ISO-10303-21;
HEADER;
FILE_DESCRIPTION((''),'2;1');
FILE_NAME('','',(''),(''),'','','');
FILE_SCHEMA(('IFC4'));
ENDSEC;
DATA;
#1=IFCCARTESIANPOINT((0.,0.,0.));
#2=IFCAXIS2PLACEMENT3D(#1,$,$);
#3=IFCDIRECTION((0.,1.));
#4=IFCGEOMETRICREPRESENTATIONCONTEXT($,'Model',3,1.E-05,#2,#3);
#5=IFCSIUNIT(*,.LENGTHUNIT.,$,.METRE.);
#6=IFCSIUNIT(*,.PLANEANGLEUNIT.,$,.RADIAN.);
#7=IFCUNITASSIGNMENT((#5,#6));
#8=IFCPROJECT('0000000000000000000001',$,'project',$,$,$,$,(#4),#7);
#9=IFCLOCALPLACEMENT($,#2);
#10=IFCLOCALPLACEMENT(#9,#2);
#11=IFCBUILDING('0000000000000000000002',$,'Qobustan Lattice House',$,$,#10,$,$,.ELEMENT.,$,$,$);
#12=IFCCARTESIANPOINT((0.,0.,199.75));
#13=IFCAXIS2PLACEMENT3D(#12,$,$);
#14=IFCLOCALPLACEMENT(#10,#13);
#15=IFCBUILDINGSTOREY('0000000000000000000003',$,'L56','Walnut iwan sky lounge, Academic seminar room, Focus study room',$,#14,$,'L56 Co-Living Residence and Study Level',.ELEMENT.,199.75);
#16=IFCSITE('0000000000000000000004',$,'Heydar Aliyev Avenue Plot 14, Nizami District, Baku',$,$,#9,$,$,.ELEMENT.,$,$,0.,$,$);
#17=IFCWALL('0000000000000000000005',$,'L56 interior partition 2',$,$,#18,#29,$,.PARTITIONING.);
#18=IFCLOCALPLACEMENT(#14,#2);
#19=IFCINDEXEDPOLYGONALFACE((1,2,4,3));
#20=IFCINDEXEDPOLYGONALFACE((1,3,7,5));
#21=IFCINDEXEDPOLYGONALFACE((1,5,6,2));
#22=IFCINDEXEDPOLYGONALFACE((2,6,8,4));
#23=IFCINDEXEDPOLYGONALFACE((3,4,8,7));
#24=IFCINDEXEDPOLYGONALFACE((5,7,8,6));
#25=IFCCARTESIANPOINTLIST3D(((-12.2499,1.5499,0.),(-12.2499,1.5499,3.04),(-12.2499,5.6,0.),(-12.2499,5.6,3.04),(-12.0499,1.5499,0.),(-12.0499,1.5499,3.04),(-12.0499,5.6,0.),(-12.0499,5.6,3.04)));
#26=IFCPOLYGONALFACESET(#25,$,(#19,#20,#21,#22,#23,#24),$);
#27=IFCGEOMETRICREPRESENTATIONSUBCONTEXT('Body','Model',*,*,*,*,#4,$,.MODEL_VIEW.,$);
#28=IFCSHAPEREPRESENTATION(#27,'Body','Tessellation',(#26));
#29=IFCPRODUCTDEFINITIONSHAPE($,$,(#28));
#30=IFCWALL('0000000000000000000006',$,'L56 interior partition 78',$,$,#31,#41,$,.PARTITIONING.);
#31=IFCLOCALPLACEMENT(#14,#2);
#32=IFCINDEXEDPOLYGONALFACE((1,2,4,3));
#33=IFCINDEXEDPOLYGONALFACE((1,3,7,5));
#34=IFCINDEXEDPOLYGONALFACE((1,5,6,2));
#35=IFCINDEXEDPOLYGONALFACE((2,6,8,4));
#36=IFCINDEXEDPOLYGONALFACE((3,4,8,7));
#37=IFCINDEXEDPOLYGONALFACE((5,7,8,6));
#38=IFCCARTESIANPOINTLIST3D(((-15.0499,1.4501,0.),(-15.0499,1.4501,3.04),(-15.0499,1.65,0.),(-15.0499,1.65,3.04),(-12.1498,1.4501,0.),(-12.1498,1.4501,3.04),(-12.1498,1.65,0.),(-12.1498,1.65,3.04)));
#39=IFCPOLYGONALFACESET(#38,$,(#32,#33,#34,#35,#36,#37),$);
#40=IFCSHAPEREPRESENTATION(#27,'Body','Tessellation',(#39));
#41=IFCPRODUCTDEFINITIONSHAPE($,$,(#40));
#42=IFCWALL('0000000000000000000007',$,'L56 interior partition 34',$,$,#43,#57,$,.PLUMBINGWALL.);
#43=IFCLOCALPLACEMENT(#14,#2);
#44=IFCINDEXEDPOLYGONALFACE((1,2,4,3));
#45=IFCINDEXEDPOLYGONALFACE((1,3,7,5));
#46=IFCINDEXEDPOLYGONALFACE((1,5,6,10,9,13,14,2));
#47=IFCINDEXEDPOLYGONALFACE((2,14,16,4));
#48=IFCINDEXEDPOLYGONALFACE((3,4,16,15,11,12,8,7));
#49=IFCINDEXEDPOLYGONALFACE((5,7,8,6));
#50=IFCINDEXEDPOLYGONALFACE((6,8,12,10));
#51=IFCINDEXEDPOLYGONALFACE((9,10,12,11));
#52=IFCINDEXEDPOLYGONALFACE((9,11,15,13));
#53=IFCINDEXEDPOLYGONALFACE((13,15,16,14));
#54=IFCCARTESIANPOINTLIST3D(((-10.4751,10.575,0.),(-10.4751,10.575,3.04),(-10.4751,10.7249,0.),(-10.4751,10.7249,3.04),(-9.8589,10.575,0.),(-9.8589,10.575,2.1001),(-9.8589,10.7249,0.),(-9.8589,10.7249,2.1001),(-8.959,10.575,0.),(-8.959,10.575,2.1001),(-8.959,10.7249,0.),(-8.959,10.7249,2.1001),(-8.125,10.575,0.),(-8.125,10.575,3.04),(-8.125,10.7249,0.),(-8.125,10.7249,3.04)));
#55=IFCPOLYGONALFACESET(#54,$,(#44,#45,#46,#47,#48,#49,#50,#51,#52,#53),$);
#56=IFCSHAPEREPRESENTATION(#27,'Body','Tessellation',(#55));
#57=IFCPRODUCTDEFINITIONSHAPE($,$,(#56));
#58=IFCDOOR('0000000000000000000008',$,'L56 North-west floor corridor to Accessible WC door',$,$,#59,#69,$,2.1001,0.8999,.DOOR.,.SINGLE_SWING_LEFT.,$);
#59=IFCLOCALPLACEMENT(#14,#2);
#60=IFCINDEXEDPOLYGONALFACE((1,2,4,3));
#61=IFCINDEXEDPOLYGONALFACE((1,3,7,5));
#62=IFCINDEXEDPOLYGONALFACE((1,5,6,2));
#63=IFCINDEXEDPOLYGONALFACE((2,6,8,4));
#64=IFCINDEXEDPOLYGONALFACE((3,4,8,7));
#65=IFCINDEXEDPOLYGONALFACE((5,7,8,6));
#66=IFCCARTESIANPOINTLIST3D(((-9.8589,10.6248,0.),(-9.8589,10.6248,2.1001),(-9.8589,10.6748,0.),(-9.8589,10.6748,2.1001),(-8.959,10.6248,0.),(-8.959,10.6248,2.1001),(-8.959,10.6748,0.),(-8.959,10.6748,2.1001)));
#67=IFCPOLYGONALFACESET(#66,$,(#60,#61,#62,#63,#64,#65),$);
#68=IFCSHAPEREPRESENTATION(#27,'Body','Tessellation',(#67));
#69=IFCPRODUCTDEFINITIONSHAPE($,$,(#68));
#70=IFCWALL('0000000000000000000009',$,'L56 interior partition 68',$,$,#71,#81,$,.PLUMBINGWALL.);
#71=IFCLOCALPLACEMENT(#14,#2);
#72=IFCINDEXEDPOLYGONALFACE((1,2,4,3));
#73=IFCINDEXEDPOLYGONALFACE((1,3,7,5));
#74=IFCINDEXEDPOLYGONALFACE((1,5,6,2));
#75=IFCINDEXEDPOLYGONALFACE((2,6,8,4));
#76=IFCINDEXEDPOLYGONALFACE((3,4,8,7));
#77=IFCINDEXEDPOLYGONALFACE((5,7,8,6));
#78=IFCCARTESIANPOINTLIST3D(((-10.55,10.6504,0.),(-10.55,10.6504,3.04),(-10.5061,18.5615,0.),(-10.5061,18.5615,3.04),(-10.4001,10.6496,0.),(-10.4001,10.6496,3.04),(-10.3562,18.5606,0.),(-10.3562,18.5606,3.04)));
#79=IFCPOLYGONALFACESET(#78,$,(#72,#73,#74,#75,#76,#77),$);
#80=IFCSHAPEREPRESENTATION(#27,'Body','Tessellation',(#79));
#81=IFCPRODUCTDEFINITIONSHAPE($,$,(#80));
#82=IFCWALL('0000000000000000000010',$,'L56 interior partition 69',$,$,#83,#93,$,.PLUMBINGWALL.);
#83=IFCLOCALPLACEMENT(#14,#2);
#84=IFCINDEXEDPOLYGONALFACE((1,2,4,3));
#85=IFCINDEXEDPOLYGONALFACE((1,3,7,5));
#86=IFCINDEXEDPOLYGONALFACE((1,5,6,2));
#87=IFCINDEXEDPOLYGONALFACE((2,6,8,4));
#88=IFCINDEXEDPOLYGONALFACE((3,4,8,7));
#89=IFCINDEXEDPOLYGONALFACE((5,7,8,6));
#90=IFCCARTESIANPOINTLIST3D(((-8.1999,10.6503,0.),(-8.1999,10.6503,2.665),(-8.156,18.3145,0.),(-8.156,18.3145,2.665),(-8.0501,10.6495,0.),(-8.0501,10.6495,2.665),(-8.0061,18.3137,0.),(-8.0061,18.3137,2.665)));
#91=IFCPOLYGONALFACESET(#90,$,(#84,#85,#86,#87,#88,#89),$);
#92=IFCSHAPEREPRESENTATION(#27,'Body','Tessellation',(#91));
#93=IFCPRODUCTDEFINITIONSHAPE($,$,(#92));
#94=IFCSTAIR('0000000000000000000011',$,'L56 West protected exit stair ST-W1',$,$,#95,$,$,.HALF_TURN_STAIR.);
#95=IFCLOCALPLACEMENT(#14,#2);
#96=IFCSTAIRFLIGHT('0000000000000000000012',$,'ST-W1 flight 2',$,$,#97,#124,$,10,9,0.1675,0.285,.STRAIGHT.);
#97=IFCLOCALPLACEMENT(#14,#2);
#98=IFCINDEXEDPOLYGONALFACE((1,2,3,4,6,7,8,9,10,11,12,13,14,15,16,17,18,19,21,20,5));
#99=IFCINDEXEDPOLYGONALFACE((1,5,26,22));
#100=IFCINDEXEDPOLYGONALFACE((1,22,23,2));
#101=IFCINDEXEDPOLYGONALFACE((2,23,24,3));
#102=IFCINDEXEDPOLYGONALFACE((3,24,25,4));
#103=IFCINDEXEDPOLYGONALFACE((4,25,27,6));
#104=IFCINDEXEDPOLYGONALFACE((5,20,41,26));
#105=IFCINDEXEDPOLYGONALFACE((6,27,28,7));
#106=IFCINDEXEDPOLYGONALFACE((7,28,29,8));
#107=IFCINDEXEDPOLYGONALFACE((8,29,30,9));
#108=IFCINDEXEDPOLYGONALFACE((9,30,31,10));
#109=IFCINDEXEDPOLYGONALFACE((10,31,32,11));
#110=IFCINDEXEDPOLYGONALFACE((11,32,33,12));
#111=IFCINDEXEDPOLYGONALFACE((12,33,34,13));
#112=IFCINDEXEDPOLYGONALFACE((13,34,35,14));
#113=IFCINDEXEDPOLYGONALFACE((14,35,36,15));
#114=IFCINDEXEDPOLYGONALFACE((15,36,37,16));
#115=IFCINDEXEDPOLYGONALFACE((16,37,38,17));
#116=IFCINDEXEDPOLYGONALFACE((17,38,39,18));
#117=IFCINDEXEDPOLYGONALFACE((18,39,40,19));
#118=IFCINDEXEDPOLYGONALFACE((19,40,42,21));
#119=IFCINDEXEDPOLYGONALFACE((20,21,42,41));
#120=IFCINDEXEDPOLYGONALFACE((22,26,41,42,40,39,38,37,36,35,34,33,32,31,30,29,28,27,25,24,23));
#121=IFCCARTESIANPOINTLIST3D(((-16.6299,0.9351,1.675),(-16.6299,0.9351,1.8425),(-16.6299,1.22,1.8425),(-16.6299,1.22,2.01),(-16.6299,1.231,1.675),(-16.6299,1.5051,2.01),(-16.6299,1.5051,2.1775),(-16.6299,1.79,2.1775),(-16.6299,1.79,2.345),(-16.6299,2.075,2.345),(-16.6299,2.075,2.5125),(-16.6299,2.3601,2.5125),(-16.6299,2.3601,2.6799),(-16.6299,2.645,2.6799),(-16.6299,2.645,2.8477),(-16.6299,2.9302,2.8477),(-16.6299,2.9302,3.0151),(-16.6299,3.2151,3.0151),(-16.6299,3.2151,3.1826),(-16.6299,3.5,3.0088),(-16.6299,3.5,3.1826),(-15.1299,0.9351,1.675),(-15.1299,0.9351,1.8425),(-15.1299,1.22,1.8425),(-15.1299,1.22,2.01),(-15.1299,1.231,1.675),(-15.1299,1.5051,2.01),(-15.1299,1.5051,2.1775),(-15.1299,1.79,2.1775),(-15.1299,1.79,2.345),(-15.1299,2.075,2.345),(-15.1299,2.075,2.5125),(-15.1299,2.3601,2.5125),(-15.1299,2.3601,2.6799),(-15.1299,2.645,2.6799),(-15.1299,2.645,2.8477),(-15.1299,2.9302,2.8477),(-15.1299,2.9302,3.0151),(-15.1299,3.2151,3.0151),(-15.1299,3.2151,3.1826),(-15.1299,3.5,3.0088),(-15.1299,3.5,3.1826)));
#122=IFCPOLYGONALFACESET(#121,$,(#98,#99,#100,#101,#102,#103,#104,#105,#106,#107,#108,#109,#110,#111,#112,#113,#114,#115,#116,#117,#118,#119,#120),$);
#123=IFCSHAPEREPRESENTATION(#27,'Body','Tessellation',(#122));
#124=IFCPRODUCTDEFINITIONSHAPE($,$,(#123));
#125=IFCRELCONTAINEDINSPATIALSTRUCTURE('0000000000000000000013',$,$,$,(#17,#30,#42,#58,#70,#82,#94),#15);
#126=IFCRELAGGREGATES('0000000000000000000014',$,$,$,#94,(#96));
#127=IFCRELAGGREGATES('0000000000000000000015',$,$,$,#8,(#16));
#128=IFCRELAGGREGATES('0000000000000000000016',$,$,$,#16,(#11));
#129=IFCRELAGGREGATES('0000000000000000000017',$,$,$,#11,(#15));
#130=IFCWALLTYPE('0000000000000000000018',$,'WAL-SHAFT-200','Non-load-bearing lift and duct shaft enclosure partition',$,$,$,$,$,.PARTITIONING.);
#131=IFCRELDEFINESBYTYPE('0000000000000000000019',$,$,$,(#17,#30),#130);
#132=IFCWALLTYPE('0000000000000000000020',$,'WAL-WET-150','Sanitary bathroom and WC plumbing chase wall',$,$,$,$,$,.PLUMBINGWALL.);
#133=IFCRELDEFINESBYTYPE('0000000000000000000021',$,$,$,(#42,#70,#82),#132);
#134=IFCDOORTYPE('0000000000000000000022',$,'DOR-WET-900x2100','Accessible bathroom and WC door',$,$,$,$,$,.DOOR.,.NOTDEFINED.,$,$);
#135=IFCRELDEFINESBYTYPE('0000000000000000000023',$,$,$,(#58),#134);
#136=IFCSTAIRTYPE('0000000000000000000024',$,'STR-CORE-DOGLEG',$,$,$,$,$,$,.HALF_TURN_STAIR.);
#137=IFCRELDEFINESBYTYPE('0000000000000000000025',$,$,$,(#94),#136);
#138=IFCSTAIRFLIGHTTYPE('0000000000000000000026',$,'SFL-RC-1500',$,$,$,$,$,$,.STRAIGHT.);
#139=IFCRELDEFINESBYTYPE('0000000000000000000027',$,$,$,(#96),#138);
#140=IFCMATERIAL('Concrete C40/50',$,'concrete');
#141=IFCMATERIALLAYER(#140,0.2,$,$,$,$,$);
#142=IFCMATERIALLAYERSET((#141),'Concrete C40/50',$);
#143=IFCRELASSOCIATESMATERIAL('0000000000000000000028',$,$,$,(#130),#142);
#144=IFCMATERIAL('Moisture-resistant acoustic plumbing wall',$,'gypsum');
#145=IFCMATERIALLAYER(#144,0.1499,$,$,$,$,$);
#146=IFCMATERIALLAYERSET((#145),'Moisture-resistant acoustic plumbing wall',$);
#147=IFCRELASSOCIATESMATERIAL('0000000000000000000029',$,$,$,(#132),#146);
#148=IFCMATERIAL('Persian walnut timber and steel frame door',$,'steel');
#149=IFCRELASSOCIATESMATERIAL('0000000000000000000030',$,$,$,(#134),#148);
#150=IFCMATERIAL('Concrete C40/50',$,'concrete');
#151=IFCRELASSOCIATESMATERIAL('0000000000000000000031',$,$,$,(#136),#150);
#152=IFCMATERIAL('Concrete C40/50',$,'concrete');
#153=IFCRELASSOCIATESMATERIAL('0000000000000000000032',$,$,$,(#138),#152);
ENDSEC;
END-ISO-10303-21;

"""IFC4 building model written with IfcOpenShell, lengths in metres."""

from ifc_helpers import new_model, si_unit, direction, frame, frame_2d, origin, place, context, subcontext, project, spatial, polyline, rectangle, outline, extrude, material, layer, layer_set, type_object, element, fill, aggregate, save


model = new_model("IFC4")

# Units and contexts
model_context = context("Model", 3, precision=1e-05, world=origin(), true_north=direction((0.0, 1.0)))
body_context = subcontext(model_context, "Body", "Model", "MODEL_VIEW")
ifc_project = project(units=[si_unit("LENGTHUNIT", "METRE"), si_unit("PLANEANGLEUNIT", "RADIAN")], contexts=[model_context])

# Site, building, storey
site_placement = place(None, origin())
site = spatial("IfcSite", under=ifc_project, at=site_placement, Name="Heydar Aliyev Avenue Plot 14, Nizami District, Baku", CompositionType="ELEMENT", RefElevation=0.0)
building_placement = place(site_placement, origin())
building = spatial("IfcBuilding", under=site, at=building_placement, Name="Qobustan Lattice House", CompositionType="ELEMENT")
storey_placement = place(building_placement, frame((0.0, 0.0, 199.75)))
storey = spatial("IfcBuildingStorey", under=building, at=storey_placement, Name="L56", Description="Walnut iwan sky lounge, Academic seminar room, Focus study room", LongName="L56 Co-Living Residence and Study Level", CompositionType="ELEMENT", Elevation=199.75)

# Walls
ifc_material_1 = material(Name="Concrete C40/50", Category="concrete")
ifc_layer_1 = layer(ifc_material_1, 0.2)
ifc_layer_set_1 = layer_set([ifc_layer_1], Name="Concrete C40/50")
wall_type_1 = type_object("IfcWallType", Name="WAL-SHAFT-200", Description="Non-load-bearing lift and duct shaft enclosure partition", PredefinedType="PARTITIONING", material=ifc_layer_set_1)
wall_1_placement = place(storey_placement, frame((-12.1499, 1.55, 0.0), z_axis=(0.0, 0.0, 1.0), x_axis=(0.0, 1.0, 0.0)))
element("IfcWall", 1, at=wall_1_placement, inside=storey, type_object=wall_type_1, Name="L56 interior partition 2", PredefinedType="PARTITIONING", context=body_context, shape_type="SweptSolid", body=[
    extrude(rectangle(XDim=4.05, YDim=0.2, at=frame_2d((2.0249, 0.0))), origin(), (0.0, 0.0, 1.0), 3.04),
])
wall_2_placement = place(storey_placement, frame((-15.05, 1.55, 0.0), z_axis=(0.0, 0.0, 1.0), x_axis=(1.0, 0.0, 0.0)))
element("IfcWall", 2, at=wall_2_placement, inside=storey, type_object=wall_type_1, Name="L56 interior partition 78", PredefinedType="PARTITIONING", context=body_context, shape_type="SweptSolid", body=[
    extrude(rectangle(XDim=2.9001, YDim=0.2, at=frame_2d((1.4502, 0.0))), origin(), (0.0, 0.0, 1.0), 3.04),
])

# Wall, opening, door
ifc_material_2 = material(Name="Moisture-resistant acoustic plumbing wall", Category="gypsum")
ifc_layer_2 = layer(ifc_material_2, 0.1499)
ifc_layer_set_2 = layer_set([ifc_layer_2], Name="Moisture-resistant acoustic plumbing wall")
wall_type_2 = type_object("IfcWallType", Name="WAL-WET-150", Description="Sanitary bathroom and WC plumbing chase wall", PredefinedType="PLUMBINGWALL", material=ifc_layer_set_2)
wall_3_placement = place(storey_placement, frame((-10.4751, 10.6499, 0.0), z_axis=(0.0, 0.0, 1.0), x_axis=(1.0, 0.0, 0.0)))
wall_3 = element("IfcWall", 3, at=wall_3_placement, inside=storey, type_object=wall_type_2, Name="L56 interior partition 34", PredefinedType="PLUMBINGWALL", context=body_context, shape_type="SweptSolid", body=[
    extrude(rectangle(XDim=2.3501, YDim=0.1499, at=frame_2d((1.175, 0.0))), origin(), (0.0, 0.0, 1.0), 3.04),
])
opening_1_placement = place(wall_3_placement, frame((0.6162, 0.0, 0.0)))
opening_1 = element("IfcOpeningElement", 4, at=opening_1_placement, cuts=wall_3, PredefinedType="OPENING", context=body_context, shape_type="SweptSolid", body=[
    extrude(rectangle(XDim=0.8999, YDim=2.1001, at=frame_2d((0.45, 1.05))), frame((0.0, 0.085, 0.0), z_axis=(0.0, -1.0, 0.0), x_axis=(1.0, 0.0, 0.0)), (0.0, 0.0, 1.0), 0.1699),
])
ifc_material_3 = material(Name="Persian walnut timber and steel frame door", Category="steel")
door_type_1 = type_object("IfcDoorType", Name="DOR-WET-900x2100", Description="Accessible bathroom and WC door", OperationType="NOTDEFINED", PredefinedType="DOOR", material=ifc_material_3)
door_1_placement = place(opening_1_placement, origin())
door_1 = element("IfcDoor", 5, at=door_1_placement, inside=storey, type_object=door_type_1, Name="L56 North-west floor corridor to Accessible WC door", OperationType="SINGLE_SWING_LEFT", OverallHeight=2.1001, OverallWidth=0.8999, PredefinedType="DOOR", context=body_context, shape_type="SweptSolid", body=[
    extrude(rectangle(XDim=0.8999, YDim=2.1001, at=frame_2d((0.45, 1.05))), frame((0.0, 0.0249, 0.0), z_axis=(0.0, -1.0, 0.0), x_axis=(1.0, 0.0, 0.0)), (0.0, 0.0, 1.0), 0.05),
])
fill(opening_1, door_1)

# Walls
wall_4_placement = place(storey_placement, frame((-10.4312, 18.561, 0.0), z_axis=(0.0, 0.0, 1.0), x_axis=(-0.005555, -0.999985, 0.0)))
element("IfcWall", 6, at=wall_4_placement, inside=storey, type_object=wall_type_2, Name="L56 interior partition 68", PredefinedType="PLUMBINGWALL", context=body_context, shape_type="SweptSolid", body=[
    extrude(rectangle(XDim=7.9111, YDim=0.1499, at=frame_2d((3.9556, 0.0))), origin(), (0.0, 0.0, 1.0), 3.04),
])
wall_5_placement = place(storey_placement, frame((-8.0811, 18.314, 0.0), z_axis=(0.0, 0.0, 1.0), x_axis=(-0.005734, -0.999984, 0.0)))
element("IfcWall", 7, at=wall_5_placement, inside=storey, type_object=wall_type_2, Name="L56 interior partition 69", PredefinedType="PLUMBINGWALL", context=body_context, shape_type="SweptSolid", body=[
    extrude(rectangle(XDim=7.6643, YDim=0.1499, at=frame_2d((3.832, 0.0))), origin(), (0.0, 0.0, 1.0), 2.665),
])

# Stair, stair flight
ifc_material_4 = material(Name="Concrete C40/50", Category="concrete")
stair_type = type_object("IfcStairType", Name="STR-CORE-DOGLEG", PredefinedType="HALF_TURN_STAIR", material=ifc_material_4)
stair_placement = place(storey_placement, origin())
stair = element("IfcStair", 8, at=stair_placement, inside=storey, type_object=stair_type, Name="L56 West protected exit stair ST-W1", PredefinedType="HALF_TURN_STAIR")
ifc_material_5 = material(Name="Concrete C40/50", Category="concrete")
stair_flight_type = type_object("IfcStairFlightType", Name="SFL-RC-1500", PredefinedType="STRAIGHT", material=ifc_material_5)
stair_flight_placement = place(storey_placement, frame((-15.8799, 0.9351, 1.675), z_axis=(0.0, 0.0, 1.0), x_axis=(0.0, 1.0, 0.0)))
stair_flight = element("IfcStairFlight", 9, at=stair_flight_placement, type_object=stair_flight_type, Name="ST-W1 flight 2", NumberOfRisers=10, NumberOfTreads=9, PredefinedType="STRAIGHT", RiserHeight=0.1675, TreadLength=0.285, context=body_context, shape_type="SweptSolid", body=[
    extrude(outline(polyline([(0.0, 0.0), (0.0, 0.1675), (0.2849, 0.1675), (0.2849, 0.335), (0.5701, 0.335), (0.5701, 0.5024), (0.855, 0.5024), (0.855, 0.6699), (1.1399, 0.6699), (1.1399, 0.8374), (1.425, 0.8374), (1.425, 1.0049), (1.71, 1.0049), (1.71, 1.1726), (1.9951, 1.1726), (1.9951, 1.3401), (2.28, 1.3401), (2.28, 1.5076), (2.5649, 1.5076), (2.5649, 1.675), (2.5649, 1.3337), (0.2959, 0.0), (0.0, 0.0)])), frame((0.0, 0.75, 0.0), z_axis=(0.0, -1.0, 0.0), x_axis=(1.0, 0.0, 0.0)), (0.0, 0.0, 1.0), 1.5),
])
aggregate(stair, [stair_flight])

save(model, "model.ifc")
